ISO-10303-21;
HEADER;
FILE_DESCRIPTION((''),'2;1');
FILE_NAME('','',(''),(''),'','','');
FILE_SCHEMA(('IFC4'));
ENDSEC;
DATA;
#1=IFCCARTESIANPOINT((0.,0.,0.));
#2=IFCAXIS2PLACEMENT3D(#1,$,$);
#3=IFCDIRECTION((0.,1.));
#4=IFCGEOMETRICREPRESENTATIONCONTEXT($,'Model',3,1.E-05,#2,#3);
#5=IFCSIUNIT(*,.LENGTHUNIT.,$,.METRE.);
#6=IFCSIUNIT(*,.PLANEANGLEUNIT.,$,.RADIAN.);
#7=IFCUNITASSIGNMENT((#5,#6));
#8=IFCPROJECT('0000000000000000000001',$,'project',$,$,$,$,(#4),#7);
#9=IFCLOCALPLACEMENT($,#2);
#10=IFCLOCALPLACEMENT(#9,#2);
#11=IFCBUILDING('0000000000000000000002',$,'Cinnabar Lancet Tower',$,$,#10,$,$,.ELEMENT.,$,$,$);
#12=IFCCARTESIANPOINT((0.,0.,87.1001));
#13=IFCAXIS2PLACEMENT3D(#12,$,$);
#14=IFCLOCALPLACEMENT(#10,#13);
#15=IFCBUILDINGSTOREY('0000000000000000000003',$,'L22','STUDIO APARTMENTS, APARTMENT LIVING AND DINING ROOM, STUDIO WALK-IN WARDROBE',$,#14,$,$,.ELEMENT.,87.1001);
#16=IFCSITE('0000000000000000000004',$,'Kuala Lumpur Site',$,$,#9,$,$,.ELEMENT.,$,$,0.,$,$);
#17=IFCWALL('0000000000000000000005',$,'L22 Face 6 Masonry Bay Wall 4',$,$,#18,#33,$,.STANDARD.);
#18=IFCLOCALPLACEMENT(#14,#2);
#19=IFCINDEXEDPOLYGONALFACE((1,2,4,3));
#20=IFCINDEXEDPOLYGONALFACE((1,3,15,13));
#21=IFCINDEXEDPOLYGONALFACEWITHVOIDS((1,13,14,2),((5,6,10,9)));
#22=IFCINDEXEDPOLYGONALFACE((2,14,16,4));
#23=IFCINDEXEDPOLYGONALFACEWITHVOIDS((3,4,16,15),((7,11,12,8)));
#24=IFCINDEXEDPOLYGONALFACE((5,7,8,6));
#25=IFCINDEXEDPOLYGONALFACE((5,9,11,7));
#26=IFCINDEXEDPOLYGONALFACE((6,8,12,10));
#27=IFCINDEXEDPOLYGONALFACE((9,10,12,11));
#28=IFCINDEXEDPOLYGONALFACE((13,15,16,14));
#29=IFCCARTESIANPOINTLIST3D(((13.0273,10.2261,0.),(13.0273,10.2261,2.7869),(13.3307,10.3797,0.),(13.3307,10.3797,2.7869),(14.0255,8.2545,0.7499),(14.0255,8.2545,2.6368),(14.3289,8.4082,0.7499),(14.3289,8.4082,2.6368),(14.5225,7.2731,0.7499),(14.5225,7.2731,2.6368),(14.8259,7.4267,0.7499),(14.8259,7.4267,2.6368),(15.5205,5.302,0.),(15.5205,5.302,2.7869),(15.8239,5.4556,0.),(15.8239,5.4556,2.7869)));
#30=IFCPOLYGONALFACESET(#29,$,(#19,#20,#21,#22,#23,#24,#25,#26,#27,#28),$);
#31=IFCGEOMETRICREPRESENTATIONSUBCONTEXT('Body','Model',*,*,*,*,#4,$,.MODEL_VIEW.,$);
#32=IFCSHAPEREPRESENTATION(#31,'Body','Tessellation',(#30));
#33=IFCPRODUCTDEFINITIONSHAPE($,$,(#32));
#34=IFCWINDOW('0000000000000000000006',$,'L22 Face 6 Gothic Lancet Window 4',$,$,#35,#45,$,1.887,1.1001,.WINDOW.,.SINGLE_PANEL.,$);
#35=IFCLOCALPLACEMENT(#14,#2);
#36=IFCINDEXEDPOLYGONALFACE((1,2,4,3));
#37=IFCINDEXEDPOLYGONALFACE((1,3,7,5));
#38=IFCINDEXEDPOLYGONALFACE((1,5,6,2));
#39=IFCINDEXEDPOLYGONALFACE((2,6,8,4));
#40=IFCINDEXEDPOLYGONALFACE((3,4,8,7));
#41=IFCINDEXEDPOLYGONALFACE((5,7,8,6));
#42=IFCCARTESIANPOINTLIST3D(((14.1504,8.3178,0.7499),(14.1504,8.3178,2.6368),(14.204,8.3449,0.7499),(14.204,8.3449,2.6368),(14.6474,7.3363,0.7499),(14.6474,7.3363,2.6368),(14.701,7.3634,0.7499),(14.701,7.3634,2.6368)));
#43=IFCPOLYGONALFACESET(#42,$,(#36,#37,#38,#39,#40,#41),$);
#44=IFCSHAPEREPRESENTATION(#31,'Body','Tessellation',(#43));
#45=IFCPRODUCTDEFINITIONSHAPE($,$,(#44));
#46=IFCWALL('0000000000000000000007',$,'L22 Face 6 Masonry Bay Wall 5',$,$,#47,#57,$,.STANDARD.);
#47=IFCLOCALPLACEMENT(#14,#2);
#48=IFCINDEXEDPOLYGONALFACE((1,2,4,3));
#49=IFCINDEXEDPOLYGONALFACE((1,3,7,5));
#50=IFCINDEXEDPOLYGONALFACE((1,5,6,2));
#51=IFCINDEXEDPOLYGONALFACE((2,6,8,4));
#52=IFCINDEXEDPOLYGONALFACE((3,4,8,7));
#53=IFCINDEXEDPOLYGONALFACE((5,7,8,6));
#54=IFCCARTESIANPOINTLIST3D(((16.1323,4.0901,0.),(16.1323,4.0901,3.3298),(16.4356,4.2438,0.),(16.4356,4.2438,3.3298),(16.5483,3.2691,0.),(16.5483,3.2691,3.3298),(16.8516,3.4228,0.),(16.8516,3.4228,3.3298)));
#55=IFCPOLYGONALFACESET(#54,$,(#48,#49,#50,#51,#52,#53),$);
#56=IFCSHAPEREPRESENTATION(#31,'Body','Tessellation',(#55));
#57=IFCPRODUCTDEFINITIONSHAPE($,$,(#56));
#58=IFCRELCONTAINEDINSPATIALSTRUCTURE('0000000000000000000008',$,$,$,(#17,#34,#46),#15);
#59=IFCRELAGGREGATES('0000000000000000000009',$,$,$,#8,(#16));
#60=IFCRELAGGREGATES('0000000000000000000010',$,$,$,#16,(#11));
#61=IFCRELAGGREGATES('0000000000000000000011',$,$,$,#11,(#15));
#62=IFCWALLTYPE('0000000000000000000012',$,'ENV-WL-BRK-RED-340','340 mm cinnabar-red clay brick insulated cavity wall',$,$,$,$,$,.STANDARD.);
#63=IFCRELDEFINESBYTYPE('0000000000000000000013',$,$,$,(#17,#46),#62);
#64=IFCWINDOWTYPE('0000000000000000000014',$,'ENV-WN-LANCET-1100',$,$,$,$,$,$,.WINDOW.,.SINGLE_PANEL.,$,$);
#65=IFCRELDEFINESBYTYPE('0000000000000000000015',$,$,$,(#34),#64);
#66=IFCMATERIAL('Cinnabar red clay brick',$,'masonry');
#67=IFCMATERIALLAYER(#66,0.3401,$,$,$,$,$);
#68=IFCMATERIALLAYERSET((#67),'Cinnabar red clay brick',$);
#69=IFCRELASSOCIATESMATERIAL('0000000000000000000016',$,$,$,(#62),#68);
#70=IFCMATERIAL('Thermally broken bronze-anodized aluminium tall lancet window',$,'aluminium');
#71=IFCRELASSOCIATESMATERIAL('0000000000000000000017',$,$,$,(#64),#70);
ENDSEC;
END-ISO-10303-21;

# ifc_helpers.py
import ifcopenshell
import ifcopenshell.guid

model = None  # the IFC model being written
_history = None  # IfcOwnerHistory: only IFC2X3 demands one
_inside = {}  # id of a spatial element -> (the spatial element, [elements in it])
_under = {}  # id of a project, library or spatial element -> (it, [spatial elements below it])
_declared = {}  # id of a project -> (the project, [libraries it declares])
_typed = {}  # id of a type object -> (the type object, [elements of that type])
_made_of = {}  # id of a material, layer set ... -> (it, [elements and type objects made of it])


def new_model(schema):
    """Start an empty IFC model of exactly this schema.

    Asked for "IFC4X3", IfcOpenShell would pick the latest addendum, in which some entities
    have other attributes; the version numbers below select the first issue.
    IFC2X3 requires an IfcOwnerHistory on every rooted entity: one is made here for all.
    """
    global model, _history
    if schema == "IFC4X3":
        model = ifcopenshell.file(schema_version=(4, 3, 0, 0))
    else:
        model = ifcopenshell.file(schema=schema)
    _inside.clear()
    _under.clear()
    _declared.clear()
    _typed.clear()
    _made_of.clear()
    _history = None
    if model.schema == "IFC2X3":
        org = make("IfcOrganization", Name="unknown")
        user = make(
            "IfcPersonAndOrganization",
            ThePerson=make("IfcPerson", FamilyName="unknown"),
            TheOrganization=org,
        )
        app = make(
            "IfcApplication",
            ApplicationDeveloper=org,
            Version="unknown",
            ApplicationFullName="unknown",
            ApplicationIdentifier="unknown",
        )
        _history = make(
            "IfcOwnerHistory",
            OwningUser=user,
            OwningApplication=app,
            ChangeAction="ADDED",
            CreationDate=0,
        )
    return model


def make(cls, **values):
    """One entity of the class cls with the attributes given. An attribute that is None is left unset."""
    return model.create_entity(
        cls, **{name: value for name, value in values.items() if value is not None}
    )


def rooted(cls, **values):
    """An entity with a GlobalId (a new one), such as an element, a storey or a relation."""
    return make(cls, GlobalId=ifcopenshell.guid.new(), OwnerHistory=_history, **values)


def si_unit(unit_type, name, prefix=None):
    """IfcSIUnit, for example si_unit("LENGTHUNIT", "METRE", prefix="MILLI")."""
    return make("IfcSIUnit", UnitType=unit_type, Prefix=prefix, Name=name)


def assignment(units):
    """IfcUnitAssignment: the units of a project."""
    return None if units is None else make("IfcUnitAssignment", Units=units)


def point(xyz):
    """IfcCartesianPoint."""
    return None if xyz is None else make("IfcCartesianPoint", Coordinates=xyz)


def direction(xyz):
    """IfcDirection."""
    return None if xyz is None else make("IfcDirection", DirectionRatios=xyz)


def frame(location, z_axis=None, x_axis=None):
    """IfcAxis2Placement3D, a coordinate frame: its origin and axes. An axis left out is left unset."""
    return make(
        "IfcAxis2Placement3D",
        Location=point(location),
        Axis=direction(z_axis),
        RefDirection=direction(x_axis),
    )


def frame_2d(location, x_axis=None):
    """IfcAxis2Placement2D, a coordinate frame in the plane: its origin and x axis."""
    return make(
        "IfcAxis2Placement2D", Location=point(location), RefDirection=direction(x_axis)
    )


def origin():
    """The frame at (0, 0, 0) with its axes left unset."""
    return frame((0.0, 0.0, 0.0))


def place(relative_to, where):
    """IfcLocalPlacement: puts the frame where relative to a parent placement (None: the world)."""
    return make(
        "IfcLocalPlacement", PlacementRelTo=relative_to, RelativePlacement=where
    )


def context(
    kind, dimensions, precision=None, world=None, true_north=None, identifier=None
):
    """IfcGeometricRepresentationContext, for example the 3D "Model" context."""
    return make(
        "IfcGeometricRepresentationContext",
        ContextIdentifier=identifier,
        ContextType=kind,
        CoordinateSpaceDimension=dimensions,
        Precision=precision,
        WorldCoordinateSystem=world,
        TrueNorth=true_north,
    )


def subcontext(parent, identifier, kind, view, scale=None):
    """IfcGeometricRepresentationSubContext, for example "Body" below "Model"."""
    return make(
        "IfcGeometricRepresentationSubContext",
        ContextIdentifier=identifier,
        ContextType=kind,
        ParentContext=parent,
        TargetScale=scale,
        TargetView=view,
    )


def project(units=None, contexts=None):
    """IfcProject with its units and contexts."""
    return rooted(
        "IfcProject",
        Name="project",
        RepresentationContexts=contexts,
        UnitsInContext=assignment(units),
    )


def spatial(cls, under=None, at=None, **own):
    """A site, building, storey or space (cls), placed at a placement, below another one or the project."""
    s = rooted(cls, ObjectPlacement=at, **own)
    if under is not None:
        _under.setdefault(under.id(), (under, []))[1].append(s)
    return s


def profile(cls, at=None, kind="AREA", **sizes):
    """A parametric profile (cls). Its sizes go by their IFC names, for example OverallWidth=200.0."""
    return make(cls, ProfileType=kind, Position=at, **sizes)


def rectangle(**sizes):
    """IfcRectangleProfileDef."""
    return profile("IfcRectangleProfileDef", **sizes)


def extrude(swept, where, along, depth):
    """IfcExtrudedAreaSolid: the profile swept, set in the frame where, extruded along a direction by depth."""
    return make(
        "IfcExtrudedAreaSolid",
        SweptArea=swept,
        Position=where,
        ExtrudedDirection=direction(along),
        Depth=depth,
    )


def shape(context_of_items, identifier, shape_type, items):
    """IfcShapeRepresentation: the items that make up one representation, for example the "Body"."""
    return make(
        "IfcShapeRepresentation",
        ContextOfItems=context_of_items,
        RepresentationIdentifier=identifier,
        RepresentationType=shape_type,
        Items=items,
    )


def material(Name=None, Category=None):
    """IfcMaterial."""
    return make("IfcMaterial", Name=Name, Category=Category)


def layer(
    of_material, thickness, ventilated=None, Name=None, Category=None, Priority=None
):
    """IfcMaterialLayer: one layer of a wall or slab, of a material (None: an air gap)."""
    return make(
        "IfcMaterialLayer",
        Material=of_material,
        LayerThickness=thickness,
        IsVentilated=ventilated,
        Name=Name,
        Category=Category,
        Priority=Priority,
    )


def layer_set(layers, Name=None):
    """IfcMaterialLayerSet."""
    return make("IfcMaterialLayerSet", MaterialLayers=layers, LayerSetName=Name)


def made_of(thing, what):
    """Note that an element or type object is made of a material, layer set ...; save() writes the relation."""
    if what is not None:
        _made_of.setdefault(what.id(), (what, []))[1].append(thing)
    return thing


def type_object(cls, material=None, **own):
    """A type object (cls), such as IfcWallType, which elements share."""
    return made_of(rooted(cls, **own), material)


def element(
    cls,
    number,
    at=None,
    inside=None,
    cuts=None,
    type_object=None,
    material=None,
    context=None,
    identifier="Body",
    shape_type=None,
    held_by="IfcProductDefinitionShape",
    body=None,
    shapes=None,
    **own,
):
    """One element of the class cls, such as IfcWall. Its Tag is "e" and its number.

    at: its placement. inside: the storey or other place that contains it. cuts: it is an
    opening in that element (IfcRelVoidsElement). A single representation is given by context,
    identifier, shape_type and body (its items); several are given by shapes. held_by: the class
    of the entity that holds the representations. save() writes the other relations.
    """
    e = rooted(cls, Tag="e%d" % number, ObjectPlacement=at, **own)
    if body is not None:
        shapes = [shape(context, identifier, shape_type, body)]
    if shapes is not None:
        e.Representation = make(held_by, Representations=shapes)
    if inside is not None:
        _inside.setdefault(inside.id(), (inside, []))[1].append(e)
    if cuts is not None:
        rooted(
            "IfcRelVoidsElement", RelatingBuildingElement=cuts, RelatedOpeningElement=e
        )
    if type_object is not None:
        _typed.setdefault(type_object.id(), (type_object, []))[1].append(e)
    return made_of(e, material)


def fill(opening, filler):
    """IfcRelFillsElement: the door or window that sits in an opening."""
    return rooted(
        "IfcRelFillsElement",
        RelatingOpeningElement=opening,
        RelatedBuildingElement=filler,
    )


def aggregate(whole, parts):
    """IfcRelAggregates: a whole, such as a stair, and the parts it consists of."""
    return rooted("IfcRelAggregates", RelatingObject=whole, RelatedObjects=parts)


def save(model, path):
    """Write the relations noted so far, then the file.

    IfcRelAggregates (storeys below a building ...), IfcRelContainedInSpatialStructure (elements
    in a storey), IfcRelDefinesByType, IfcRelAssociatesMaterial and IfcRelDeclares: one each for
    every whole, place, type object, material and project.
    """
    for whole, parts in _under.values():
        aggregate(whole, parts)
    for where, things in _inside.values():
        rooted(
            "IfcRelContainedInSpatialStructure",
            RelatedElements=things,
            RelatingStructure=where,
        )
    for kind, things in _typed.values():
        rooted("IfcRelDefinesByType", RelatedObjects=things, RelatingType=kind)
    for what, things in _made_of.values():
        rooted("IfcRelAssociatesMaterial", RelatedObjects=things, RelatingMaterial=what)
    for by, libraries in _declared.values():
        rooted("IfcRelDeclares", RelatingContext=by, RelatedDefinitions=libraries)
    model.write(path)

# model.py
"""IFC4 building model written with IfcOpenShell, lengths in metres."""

from ifc_helpers import new_model, si_unit, direction, frame, frame_2d, origin, place, context, subcontext, project, spatial, rectangle, extrude, material, layer, layer_set, type_object, element, fill, save


model = new_model("IFC4")

# Units and contexts
model_context = context("Model", 3, precision=1e-05, world=origin(), true_north=direction((0.0, 1.0)))
body_context = subcontext(model_context, "Body", "Model", "MODEL_VIEW")
ifc_project = project(units=[si_unit("LENGTHUNIT", "METRE"), si_unit("PLANEANGLEUNIT", "RADIAN")], contexts=[model_context])

# Site, building, storey
site_placement = place(None, origin())
site = spatial("IfcSite", under=ifc_project, at=site_placement, Name="Kuala Lumpur Site", CompositionType="ELEMENT", RefElevation=0.0)
building_placement = place(site_placement, origin())
building = spatial("IfcBuilding", under=site, at=building_placement, Name="Cinnabar Lancet Tower", CompositionType="ELEMENT")
storey_placement = place(building_placement, frame((0.0, 0.0, 87.1001)))
storey = spatial("IfcBuildingStorey", under=building, at=storey_placement, Name="L22", Description="STUDIO APARTMENTS, APARTMENT LIVING AND DINING ROOM, STUDIO WALK-IN WARDROBE", CompositionType="ELEMENT", Elevation=87.1001)

# Shared definitions
ifc_material_1 = material(Name="Cinnabar red clay brick", Category="masonry")
ifc_layer_1 = layer(ifc_material_1, 0.3401)
ifc_layer_set_1 = layer_set([ifc_layer_1], Name="Cinnabar red clay brick")
wall_type = type_object("IfcWallType", Name="ENV-WL-BRK-RED-340", Description="340 mm cinnabar-red clay brick insulated cavity wall", PredefinedType="STANDARD", material=ifc_layer_set_1)

# Wall, opening, window
wall_1_placement = place(storey_placement, frame((13.179, 10.303, 0.0), z_axis=(0.0, 0.0, 1.0), x_axis=(0.45172, -0.89216, 0.0)))
wall_1 = element("IfcWall", 1, at=wall_1_placement, inside=storey, type_object=wall_type, Name="L22 Face 6 Masonry Bay Wall 4", PredefinedType="STANDARD", context=body_context, shape_type="SweptSolid", body=[
    extrude(rectangle(XDim=5.5193, YDim=0.3401, at=frame_2d((2.7598, 0.0))), origin(), (0.0, 0.0, 1.0), 2.7869),
])
opening_placement = place(wall_1_placement, frame((2.21, 0.0, 0.75)))
opening = element("IfcOpeningElement", 2, at=opening_placement, cuts=wall_1, PredefinedType="OPENING", context=body_context, shape_type="SweptSolid", body=[
    extrude(rectangle(XDim=1.1001, YDim=1.887, at=frame_2d((0.55, 0.9434))), frame((0.0, 0.1799, 0.0), z_axis=(0.0, -1.0, 0.0), x_axis=(1.0, 0.0, 0.0)), (0.0, 0.0, 1.0), 0.3601),
])
ifc_material_2 = material(Name="Thermally broken bronze-anodized aluminium tall lancet window", Category="aluminium")
window_type = type_object("IfcWindowType", Name="ENV-WN-LANCET-1100", PartitioningType="SINGLE_PANEL", PredefinedType="WINDOW", material=ifc_material_2)
window_placement = place(opening_placement, origin())
window = element("IfcWindow", 3, at=window_placement, inside=storey, type_object=window_type, Name="L22 Face 6 Gothic Lancet Window 4", OverallHeight=1.887, OverallWidth=1.1001, PartitioningType="SINGLE_PANEL", PredefinedType="WINDOW", context=body_context, shape_type="SweptSolid", body=[
    extrude(rectangle(XDim=1.1001, YDim=1.887, at=frame_2d((0.55, 0.9434))), frame((0.0, 0.03, 0.0), z_axis=(0.0, -1.0, 0.0), x_axis=(1.0, 0.0, 0.0)), (0.0, 0.0, 1.0), 0.0601),
])
fill(opening, window)

# Wall
wall_2_placement = place(storey_placement, frame((16.2839, 4.167, 0.0), z_axis=(0.0, 0.0, 1.0), x_axis=(0.451982, -0.892027, 0.0)))
element("IfcWall", 4, at=wall_2_placement, inside=storey, type_object=wall_type, Name="L22 Face 6 Masonry Bay Wall 5", PredefinedType="STANDARD", context=body_context, shape_type="SweptSolid", body=[
    extrude(rectangle(XDim=0.9204, YDim=0.3401, at=frame_2d((0.4602, 0.0))), origin(), (0.0, 0.0, 1.0), 3.3298),
])

save(model, "model.ifc")
